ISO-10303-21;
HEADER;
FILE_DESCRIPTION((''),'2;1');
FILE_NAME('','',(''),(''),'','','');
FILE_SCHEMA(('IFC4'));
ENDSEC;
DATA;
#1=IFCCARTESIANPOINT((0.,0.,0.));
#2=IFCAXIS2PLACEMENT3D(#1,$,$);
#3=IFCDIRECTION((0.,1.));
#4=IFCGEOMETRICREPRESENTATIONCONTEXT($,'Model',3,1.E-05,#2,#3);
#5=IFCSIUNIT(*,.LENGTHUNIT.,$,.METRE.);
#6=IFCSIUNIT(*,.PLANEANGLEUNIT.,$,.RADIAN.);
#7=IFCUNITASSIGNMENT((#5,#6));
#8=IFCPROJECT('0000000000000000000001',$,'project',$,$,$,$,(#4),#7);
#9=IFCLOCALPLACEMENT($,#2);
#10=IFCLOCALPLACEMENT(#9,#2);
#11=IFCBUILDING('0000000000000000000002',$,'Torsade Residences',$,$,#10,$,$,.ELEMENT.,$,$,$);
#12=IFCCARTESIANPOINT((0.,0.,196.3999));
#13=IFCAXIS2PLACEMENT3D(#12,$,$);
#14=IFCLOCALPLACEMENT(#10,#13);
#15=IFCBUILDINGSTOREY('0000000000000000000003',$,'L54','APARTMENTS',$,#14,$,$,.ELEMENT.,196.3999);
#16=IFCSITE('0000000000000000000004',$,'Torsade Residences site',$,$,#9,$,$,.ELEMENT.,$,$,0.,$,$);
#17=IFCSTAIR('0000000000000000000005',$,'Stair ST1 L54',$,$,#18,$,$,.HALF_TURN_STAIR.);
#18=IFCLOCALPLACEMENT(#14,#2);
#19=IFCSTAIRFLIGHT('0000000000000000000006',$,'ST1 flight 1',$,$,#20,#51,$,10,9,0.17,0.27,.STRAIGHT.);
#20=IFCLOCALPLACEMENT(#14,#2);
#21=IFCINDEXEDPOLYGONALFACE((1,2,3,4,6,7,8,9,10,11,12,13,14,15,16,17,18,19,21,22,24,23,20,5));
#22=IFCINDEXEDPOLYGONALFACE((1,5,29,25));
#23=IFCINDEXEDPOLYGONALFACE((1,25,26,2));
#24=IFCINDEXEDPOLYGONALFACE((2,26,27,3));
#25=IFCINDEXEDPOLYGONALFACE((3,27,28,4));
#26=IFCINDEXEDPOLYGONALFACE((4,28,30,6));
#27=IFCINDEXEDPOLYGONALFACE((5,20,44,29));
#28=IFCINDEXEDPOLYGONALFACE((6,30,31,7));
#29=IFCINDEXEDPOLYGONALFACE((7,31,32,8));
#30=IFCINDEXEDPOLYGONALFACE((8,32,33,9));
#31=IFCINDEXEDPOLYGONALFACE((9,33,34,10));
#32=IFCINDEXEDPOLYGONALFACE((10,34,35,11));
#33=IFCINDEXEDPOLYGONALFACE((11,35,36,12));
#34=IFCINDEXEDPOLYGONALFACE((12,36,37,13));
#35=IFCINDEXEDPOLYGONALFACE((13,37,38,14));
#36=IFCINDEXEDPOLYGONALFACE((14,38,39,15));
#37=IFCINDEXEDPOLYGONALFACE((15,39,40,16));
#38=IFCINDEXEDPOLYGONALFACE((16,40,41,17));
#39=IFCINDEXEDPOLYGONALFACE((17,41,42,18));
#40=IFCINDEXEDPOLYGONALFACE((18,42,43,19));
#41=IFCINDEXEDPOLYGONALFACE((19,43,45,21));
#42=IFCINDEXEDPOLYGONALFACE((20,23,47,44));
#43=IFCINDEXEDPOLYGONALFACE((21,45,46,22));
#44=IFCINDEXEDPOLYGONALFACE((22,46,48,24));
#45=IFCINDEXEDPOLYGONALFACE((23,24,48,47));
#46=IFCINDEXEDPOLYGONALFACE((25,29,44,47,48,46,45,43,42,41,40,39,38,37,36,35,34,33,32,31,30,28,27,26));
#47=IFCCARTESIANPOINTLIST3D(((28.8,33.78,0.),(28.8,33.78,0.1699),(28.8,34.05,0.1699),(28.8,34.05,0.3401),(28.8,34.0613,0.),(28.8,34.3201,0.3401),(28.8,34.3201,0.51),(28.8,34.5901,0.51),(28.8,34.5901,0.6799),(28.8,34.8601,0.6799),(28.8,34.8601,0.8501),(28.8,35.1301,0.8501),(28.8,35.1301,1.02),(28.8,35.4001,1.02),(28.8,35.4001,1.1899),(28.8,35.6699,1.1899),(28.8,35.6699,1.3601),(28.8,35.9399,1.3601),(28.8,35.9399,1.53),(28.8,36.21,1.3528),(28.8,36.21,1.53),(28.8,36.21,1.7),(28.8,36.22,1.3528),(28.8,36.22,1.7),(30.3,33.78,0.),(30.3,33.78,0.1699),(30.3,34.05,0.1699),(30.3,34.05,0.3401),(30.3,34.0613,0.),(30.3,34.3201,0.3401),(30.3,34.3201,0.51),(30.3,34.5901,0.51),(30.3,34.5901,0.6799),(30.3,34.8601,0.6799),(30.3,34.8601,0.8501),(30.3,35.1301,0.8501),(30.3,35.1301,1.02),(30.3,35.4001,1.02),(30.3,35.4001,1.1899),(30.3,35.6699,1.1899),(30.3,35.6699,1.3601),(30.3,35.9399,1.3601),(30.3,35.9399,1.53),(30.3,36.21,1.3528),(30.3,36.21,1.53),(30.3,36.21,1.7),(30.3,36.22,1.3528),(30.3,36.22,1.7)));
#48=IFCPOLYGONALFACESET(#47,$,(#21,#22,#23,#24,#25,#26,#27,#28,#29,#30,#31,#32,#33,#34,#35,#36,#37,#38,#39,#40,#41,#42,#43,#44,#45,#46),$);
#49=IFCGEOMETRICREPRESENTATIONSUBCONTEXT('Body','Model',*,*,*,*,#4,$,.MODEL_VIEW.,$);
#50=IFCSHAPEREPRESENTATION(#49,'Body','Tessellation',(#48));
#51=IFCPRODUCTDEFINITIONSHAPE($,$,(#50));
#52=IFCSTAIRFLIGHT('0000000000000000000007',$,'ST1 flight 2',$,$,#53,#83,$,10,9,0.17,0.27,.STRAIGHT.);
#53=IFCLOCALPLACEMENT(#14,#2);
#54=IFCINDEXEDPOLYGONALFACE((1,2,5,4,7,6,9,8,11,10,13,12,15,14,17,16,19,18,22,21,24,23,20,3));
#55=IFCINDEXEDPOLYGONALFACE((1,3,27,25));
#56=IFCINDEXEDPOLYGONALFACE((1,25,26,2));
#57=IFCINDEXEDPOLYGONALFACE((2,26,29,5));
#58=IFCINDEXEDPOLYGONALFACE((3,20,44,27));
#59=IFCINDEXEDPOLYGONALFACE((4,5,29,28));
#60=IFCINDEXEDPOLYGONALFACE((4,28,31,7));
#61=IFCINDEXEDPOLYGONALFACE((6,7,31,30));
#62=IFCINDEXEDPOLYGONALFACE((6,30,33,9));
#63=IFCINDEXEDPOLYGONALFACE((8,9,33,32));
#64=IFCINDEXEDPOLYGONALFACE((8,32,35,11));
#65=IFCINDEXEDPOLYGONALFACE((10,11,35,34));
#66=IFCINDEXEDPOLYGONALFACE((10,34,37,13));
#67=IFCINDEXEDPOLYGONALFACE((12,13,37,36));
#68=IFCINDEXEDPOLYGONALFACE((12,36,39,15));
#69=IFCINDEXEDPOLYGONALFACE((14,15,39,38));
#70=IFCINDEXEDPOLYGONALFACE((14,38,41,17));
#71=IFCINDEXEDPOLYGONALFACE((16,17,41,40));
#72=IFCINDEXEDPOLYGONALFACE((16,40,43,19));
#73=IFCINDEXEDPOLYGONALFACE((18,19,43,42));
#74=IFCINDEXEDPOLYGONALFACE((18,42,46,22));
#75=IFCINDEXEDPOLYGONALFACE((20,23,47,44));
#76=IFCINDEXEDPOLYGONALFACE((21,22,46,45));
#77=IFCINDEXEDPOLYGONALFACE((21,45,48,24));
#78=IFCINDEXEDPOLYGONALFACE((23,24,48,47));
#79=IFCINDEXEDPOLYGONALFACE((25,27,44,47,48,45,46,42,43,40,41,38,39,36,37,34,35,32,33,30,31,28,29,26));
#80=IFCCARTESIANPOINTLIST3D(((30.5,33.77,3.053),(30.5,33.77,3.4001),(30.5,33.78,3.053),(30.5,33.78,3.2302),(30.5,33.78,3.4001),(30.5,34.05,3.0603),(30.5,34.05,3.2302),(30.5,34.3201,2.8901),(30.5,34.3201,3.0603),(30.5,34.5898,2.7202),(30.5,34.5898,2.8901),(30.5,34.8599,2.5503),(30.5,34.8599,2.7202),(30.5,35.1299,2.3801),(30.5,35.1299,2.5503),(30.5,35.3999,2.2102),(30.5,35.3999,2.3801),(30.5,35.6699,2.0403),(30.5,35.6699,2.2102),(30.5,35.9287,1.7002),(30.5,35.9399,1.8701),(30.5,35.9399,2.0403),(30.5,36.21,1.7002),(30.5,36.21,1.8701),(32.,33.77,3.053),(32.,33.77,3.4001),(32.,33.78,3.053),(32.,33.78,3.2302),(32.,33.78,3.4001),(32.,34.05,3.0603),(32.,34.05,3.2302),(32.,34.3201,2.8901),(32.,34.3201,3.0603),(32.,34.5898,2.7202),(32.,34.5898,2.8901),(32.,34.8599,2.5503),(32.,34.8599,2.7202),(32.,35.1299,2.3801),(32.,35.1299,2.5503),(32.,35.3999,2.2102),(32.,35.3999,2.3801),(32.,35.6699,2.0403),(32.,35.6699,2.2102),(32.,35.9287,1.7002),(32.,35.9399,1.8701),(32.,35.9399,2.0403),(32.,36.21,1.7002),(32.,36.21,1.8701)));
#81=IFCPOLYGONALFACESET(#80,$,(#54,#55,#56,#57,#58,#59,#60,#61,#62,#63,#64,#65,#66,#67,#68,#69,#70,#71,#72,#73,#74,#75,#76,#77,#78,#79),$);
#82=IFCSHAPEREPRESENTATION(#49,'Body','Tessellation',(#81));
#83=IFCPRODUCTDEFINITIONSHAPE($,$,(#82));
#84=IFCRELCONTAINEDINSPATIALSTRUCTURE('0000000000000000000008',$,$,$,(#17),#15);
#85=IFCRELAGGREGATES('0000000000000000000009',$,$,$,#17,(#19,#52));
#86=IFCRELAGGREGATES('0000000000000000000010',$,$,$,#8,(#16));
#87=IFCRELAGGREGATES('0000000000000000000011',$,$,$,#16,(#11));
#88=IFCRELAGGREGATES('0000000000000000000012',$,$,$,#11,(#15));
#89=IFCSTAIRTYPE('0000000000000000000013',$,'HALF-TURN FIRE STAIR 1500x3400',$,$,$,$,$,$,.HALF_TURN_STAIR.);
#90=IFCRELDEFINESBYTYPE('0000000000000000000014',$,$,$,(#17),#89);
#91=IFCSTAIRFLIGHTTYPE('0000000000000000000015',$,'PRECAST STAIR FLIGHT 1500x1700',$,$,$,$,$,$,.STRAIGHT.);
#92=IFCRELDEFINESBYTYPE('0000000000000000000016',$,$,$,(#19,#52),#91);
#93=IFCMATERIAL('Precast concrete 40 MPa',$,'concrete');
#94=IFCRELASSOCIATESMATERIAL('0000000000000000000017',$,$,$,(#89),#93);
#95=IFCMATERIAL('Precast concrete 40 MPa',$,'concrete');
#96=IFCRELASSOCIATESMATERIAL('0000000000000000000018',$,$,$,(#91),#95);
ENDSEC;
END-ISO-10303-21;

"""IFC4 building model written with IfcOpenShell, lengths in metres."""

from ifc_helpers import new_model, si_unit, direction, frame, origin, place, context, subcontext, project, spatial, polyline, outline, extrude, material, type_object, element, aggregate, save


model = new_model("IFC4")

# Units and contexts
model_context = context("Model", 3, precision=1e-05, world=origin(), true_north=direction((0.0, 1.0)))
body_context = subcontext(model_context, "Body", "Model", "MODEL_VIEW")
ifc_project = project(units=[si_unit("LENGTHUNIT", "METRE"), si_unit("PLANEANGLEUNIT", "RADIAN")], contexts=[model_context])

# Site, building, storey
site_placement = place(None, origin())
site = spatial("IfcSite", under=ifc_project, at=site_placement, Name="Torsade Residences site", CompositionType="ELEMENT", RefElevation=0.0)
building_placement = place(site_placement, origin())
building = spatial("IfcBuilding", under=site, at=building_placement, Name="Torsade Residences", CompositionType="ELEMENT")
storey_placement = place(building_placement, frame((0.0, 0.0, 196.3999)))
storey = spatial("IfcBuildingStorey", under=building, at=storey_placement, Name="L54", Description="APARTMENTS", CompositionType="ELEMENT", Elevation=196.3999)

# Stair, stair flights
ifc_material_1 = material(Name="Precast concrete 40 MPa", Category="concrete")
stair_type = type_object("IfcStairType", Name="HALF-TURN FIRE STAIR 1500x3400", PredefinedType="HALF_TURN_STAIR", material=ifc_material_1)
stair_placement = place(storey_placement, origin())
stair = element("IfcStair", 1, at=stair_placement, inside=storey, type_object=stair_type, Name="Stair ST1 L54", PredefinedType="HALF_TURN_STAIR")
ifc_material_2 = material(Name="Precast concrete 40 MPa", Category="concrete")
stair_flight_type = type_object("IfcStairFlightType", Name="PRECAST STAIR FLIGHT 1500x1700", PredefinedType="STRAIGHT", material=ifc_material_2)
stair_flight_1_placement = place(storey_placement, frame((29.55, 33.78, 0.0), z_axis=(0.0, 0.0, 1.0), x_axis=(0.0, 1.0, 0.0)))
stair_flight_1 = element("IfcStairFlight", 2, at=stair_flight_1_placement, type_object=stair_flight_type, Name="ST1 flight 1", NumberOfRisers=10, NumberOfTreads=9, PredefinedType="STRAIGHT", RiserHeight=0.17, TreadLength=0.27, context=body_context, shape_type="SweptSolid", body=[
    extrude(outline(polyline([(0.0, 0.0), (0.0, 0.1699), (0.27, 0.1699), (0.27, 0.3401), (0.54, 0.3401), (0.54, 0.51), (0.8101, 0.51), (0.8101, 0.6799), (1.0801, 0.6799), (1.0801, 0.8501), (1.3501, 0.8501), (1.3501, 1.02), (1.6201, 1.02), (1.6201, 1.1899), (1.8899, 1.1899), (1.8899, 1.3601), (2.1599, 1.3601), (2.1599, 1.53), (2.4299, 1.53), (2.4299, 1.7), (2.4399, 1.7), (2.4399, 1.3528), (2.4299, 1.3528), (0.2812, 0.0), (0.0, 0.0)])), frame((0.0, 0.75, 0.0), z_axis=(0.0, -1.0, 0.0), x_axis=(1.0, 0.0, 0.0)), (0.0, 0.0, 1.0), 1.5),
])
stair_flight_2_placement = place(storey_placement, frame((31.25, 36.21, 1.7002), z_axis=(0.0, 0.0, 1.0), x_axis=(0.0, -1.0, 0.0)))
stair_flight_2 = element("IfcStairFlight", 3, at=stair_flight_2_placement, type_object=stair_flight_type, Name="ST1 flight 2", NumberOfRisers=10, NumberOfTreads=9, PredefinedType="STRAIGHT", RiserHeight=0.17, TreadLength=0.27, context=body_context, shape_type="SweptSolid", body=[
    extrude(outline(polyline([(0.0, 0.0), (0.0, 0.1699), (0.27, 0.1699), (0.27, 0.3401), (0.54, 0.3401), (0.54, 0.51), (0.8101, 0.51), (0.8101, 0.6799), (1.0801, 0.6799), (1.0801, 0.8501), (1.3501, 0.8501), (1.3501, 1.02), (1.6201, 1.02), (1.6201, 1.1899), (1.8899, 1.1899), (1.8899, 1.3601), (2.1599, 1.3601), (2.1599, 1.53), (2.4299, 1.53), (2.4299, 1.7), (2.4399, 1.7), (2.4399, 1.3528), (2.4299, 1.3528), (0.2812, 0.0), (0.0, 0.0)])), frame((0.0, 0.75, 0.0), z_axis=(0.0, -1.0, 0.0), x_axis=(1.0, 0.0, 0.0)), (0.0, 0.0, 1.0), 1.5),
])
aggregate(stair, [stair_flight_1, stair_flight_2])

save(model, "model.ifc")
